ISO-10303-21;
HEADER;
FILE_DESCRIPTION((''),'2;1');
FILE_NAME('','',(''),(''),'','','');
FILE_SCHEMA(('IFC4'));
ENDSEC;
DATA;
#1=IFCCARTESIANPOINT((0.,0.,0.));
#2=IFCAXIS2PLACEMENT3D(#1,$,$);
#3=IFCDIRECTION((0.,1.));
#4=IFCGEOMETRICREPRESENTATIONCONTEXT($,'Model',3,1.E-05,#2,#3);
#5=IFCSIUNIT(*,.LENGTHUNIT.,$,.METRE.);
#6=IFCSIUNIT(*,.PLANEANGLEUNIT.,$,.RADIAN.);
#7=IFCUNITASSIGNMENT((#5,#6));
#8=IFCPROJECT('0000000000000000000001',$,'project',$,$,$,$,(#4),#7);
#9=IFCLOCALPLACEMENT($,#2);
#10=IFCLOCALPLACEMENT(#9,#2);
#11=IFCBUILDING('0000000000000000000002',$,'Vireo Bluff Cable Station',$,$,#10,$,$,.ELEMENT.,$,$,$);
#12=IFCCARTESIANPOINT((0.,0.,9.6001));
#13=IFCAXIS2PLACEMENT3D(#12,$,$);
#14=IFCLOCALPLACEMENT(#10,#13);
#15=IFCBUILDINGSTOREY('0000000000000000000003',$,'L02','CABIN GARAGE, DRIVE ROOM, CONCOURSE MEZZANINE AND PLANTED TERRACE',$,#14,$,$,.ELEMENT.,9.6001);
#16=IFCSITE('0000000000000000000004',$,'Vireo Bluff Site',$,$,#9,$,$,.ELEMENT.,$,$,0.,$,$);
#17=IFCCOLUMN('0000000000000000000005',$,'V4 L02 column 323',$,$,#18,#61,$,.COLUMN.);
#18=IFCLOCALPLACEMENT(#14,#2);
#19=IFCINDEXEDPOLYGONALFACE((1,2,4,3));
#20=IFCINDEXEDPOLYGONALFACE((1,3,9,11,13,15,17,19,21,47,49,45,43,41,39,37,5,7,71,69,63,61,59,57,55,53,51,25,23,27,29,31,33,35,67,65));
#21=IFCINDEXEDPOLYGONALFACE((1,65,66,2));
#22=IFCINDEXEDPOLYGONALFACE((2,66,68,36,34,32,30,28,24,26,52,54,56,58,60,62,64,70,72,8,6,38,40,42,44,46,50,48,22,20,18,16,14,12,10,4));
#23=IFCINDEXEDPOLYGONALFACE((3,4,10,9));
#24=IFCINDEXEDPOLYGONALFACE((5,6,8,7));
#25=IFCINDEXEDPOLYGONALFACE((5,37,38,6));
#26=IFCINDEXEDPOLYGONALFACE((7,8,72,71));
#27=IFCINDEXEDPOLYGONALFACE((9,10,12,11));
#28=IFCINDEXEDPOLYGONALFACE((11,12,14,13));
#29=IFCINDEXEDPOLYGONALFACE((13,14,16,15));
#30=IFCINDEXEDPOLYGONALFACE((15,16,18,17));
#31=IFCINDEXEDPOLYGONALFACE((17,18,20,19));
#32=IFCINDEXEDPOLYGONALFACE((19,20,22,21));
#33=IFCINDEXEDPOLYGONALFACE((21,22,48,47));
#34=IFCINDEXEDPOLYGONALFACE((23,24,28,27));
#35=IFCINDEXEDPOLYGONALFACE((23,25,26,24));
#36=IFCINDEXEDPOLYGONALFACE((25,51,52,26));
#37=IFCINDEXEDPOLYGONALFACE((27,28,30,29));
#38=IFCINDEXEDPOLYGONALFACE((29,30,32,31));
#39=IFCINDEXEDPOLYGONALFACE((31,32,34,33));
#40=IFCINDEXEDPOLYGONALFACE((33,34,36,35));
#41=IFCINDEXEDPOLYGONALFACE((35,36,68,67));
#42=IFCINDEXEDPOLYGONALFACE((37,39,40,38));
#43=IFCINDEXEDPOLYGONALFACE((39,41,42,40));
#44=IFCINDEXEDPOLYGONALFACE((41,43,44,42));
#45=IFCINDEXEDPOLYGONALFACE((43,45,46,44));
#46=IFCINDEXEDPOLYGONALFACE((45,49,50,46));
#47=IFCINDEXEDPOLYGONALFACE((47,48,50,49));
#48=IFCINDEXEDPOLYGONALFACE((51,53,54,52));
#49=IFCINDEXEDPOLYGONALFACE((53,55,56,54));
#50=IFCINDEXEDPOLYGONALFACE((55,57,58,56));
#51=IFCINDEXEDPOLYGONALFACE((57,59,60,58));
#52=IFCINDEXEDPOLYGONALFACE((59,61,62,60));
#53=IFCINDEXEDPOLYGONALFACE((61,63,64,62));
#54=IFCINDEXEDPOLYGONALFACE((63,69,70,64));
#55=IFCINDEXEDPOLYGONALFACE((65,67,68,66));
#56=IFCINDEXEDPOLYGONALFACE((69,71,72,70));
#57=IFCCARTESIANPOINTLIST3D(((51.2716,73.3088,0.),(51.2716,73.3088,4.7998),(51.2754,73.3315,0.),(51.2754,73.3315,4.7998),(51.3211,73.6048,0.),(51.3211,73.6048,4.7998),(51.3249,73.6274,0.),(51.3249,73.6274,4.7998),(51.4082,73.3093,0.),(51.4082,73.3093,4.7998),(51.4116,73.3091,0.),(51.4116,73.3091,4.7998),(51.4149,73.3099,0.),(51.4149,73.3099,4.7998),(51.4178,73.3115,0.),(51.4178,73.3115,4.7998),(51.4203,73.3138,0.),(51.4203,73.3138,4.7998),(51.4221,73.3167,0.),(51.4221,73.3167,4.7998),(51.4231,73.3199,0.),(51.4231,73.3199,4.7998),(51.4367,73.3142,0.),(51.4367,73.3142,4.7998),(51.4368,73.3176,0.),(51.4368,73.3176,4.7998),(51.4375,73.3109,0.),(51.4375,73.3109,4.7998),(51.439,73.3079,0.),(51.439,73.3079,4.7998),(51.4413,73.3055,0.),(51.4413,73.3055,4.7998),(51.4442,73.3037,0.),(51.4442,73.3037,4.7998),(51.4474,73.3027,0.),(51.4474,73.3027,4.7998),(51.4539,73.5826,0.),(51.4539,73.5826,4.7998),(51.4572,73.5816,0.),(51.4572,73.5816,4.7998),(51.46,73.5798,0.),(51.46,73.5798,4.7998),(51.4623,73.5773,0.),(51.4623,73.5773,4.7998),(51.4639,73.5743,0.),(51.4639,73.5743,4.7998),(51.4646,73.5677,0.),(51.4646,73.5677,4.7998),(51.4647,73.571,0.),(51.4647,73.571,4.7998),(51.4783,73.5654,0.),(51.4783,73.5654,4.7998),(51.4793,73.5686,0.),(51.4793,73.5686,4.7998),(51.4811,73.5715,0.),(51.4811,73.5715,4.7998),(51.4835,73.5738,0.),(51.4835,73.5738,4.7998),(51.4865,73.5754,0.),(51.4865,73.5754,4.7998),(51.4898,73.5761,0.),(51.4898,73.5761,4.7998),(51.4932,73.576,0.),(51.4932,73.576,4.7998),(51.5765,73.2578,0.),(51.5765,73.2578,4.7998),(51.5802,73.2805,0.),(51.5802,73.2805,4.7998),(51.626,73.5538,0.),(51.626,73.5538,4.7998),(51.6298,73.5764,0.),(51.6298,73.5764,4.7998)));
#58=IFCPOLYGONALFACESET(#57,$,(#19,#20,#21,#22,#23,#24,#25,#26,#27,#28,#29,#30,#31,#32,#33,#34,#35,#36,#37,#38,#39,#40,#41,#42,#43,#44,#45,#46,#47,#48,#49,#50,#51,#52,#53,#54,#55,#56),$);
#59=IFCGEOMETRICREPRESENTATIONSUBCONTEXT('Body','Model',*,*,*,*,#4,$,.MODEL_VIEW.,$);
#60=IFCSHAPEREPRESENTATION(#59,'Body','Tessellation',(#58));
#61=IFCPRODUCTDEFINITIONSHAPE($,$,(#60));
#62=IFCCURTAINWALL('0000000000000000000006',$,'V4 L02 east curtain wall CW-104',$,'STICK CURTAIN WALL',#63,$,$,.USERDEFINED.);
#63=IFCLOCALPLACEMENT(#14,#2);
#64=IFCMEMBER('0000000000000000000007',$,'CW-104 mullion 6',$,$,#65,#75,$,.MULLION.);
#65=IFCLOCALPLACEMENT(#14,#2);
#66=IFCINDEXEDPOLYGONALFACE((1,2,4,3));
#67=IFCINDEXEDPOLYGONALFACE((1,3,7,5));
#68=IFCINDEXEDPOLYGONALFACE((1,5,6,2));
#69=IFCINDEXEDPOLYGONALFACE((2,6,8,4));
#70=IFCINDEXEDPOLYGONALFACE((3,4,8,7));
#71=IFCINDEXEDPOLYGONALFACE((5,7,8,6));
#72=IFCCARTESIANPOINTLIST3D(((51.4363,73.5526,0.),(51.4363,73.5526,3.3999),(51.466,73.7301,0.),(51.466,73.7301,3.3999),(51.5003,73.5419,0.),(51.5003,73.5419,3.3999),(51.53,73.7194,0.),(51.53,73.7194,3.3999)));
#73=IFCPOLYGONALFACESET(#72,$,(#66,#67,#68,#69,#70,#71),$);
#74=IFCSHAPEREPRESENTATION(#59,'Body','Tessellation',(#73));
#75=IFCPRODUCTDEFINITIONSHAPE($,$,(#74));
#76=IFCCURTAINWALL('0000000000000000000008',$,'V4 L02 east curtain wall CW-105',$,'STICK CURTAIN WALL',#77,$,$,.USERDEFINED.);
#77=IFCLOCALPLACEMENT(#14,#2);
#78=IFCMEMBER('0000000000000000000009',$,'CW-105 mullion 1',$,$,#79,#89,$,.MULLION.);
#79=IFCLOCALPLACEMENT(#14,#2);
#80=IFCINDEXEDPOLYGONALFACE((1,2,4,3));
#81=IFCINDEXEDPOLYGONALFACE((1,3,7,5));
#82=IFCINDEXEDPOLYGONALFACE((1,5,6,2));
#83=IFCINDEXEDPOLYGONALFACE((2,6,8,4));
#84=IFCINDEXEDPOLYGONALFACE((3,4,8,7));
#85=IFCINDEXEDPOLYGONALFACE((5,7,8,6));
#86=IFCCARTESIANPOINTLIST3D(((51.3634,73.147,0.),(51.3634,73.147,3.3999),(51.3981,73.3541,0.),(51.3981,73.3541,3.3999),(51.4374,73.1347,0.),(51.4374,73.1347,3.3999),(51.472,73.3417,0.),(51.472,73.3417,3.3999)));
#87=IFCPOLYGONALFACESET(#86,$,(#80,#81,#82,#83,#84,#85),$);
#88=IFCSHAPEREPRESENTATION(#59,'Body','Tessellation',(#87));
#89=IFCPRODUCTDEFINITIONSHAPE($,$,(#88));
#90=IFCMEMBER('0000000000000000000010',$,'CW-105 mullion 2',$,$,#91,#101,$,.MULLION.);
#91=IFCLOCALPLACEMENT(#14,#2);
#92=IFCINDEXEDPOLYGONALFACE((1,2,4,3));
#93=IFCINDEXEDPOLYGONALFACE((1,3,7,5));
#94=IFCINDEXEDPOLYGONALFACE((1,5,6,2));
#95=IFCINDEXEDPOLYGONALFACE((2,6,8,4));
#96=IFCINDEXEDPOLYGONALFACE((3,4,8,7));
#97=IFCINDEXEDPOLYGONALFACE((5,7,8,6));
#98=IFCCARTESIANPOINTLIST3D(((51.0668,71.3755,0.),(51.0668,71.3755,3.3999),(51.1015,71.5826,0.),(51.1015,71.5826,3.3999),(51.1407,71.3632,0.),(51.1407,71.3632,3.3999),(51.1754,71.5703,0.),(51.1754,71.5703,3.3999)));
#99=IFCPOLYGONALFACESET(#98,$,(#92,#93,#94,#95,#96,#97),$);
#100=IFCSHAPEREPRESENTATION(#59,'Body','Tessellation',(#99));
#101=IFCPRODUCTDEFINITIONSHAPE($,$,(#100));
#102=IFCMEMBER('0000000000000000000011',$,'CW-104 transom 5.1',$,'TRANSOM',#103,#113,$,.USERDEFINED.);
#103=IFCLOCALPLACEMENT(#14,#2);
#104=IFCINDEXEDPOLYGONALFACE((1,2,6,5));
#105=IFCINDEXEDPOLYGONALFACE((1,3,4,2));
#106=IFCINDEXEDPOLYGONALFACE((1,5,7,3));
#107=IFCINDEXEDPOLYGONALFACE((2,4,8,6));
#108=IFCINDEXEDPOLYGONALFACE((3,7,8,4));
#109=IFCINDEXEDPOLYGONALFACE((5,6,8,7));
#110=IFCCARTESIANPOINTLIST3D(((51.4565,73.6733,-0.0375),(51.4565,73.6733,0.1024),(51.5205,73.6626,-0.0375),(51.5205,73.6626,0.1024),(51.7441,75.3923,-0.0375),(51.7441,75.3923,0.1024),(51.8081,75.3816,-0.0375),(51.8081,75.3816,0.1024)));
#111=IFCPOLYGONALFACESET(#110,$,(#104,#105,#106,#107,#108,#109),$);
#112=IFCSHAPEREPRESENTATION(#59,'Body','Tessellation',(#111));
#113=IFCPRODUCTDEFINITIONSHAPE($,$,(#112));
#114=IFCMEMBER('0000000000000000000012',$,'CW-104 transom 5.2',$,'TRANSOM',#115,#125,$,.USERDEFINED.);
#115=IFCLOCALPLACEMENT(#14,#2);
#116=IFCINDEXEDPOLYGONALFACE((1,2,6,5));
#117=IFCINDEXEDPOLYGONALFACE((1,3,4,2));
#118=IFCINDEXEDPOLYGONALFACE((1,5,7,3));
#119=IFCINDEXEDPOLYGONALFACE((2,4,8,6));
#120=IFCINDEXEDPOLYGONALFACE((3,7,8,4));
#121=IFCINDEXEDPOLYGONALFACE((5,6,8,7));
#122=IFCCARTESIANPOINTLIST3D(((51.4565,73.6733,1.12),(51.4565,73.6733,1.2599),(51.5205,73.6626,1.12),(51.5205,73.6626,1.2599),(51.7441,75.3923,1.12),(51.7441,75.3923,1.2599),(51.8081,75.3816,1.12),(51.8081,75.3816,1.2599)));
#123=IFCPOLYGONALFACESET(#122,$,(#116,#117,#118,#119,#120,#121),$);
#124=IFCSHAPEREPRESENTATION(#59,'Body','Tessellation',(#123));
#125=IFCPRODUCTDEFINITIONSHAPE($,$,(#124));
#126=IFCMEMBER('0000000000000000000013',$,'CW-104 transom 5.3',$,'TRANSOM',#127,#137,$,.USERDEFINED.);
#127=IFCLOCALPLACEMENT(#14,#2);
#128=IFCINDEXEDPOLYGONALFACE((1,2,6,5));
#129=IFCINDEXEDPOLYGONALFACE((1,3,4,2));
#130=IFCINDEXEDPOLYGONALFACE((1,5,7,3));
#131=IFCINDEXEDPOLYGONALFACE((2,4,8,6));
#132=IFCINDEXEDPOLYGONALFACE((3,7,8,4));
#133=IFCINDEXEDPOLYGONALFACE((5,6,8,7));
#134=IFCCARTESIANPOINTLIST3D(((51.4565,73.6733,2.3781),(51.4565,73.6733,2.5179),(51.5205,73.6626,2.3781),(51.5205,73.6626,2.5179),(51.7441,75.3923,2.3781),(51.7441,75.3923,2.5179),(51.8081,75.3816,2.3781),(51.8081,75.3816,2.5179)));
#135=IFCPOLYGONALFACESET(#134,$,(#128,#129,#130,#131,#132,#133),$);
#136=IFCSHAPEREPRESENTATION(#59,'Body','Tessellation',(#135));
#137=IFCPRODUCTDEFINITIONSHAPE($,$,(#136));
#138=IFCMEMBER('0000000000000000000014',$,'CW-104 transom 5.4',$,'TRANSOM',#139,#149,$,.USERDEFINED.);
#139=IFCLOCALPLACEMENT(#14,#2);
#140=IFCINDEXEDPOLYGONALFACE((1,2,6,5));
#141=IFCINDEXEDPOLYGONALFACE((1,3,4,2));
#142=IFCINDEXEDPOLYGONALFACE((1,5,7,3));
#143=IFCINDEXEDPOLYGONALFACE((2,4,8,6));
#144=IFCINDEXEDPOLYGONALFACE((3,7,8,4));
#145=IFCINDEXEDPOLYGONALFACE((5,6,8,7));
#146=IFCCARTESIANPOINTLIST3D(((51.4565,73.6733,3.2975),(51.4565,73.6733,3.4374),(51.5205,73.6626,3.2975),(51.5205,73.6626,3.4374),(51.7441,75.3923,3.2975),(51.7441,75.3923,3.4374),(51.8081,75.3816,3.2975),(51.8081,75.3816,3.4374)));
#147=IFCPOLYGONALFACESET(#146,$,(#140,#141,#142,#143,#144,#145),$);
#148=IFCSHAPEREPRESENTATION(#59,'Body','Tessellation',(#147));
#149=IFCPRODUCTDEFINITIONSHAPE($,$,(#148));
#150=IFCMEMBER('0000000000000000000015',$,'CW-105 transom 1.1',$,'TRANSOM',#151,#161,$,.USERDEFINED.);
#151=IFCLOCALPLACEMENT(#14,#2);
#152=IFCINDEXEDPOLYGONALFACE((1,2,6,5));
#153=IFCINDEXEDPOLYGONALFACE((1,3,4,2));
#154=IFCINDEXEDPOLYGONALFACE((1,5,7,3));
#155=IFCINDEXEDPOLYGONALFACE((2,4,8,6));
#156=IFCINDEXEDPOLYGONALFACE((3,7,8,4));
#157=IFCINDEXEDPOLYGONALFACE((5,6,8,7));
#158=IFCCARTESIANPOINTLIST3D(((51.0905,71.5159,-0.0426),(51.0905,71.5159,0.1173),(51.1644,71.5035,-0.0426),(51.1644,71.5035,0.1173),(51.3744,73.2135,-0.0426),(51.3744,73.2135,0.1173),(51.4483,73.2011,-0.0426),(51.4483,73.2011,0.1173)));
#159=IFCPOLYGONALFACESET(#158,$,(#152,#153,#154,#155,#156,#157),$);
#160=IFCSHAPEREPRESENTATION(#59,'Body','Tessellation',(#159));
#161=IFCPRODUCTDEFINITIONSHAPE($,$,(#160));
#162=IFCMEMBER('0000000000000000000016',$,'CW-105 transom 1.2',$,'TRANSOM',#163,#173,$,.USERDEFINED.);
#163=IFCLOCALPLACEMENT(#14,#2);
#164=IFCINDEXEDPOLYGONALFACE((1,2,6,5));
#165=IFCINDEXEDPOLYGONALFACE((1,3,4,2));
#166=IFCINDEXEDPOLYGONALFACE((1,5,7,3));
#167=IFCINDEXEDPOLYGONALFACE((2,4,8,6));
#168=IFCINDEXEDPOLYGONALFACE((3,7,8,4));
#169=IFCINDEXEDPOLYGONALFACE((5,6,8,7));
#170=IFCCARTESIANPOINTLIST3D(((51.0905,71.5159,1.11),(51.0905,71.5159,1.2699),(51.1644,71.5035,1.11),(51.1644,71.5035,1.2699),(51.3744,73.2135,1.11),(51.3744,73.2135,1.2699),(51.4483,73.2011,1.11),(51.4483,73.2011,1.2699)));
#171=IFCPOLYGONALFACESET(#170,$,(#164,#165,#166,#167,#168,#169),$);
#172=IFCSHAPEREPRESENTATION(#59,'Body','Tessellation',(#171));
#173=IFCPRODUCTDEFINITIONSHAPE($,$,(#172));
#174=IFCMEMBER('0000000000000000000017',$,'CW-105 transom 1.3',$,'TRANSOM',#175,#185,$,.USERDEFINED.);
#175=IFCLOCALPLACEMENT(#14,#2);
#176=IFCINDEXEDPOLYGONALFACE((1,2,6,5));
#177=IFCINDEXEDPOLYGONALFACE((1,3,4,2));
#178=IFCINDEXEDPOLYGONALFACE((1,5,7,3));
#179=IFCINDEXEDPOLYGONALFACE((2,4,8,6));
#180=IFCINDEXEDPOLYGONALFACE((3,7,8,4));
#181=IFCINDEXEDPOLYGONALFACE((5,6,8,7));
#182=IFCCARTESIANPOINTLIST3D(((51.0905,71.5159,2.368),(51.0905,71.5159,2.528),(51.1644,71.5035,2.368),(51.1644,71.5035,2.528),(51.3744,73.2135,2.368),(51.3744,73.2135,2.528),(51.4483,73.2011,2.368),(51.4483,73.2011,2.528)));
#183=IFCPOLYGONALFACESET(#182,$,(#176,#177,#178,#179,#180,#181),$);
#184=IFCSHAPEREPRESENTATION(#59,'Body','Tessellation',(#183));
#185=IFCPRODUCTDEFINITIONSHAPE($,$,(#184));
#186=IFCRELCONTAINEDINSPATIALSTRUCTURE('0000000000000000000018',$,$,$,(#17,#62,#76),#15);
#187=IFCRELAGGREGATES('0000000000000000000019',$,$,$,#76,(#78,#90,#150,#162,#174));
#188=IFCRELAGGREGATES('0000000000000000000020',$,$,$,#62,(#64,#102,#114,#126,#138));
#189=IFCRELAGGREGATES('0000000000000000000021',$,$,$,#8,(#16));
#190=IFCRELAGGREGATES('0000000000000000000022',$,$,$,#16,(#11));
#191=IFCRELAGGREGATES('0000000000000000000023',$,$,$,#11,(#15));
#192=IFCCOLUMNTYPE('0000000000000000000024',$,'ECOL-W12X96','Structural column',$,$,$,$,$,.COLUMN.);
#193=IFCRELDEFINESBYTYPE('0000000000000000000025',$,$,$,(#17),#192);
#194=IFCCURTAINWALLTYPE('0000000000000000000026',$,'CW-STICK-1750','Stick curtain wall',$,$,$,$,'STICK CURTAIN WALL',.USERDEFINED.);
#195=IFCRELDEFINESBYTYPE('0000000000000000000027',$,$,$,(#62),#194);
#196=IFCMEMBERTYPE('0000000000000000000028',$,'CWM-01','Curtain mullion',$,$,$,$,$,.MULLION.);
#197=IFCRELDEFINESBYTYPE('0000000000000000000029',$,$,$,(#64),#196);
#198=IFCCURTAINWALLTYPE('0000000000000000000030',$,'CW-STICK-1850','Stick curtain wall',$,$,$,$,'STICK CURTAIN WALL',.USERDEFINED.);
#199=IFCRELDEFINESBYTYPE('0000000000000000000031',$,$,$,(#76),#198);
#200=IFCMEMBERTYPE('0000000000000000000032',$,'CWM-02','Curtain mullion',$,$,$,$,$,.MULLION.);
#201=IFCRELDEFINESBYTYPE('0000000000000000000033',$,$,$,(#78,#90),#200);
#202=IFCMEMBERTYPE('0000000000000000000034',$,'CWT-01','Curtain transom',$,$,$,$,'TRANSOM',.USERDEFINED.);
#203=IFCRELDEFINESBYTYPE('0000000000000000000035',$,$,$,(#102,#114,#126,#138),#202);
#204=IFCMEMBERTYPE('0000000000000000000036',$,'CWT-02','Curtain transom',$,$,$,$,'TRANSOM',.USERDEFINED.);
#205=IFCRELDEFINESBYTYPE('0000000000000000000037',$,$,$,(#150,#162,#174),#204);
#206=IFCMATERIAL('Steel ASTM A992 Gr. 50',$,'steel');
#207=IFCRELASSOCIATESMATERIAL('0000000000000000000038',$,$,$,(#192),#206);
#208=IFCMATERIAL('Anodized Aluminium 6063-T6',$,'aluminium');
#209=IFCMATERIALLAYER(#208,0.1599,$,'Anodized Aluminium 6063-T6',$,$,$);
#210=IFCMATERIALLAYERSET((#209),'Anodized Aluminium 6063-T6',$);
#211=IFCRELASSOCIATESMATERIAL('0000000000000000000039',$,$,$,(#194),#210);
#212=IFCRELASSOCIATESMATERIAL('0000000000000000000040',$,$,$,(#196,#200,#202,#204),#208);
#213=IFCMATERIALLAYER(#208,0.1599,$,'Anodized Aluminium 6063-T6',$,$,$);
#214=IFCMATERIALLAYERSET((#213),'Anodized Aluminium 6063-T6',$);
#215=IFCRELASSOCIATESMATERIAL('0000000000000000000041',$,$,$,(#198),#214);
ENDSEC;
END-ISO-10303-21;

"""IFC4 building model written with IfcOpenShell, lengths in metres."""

from ifc_helpers import new_model, si_unit, direction, frame, origin, origin_2d, place, context, subcontext, project, spatial, rectangle, i_section, extrude, material, layer, layer_set, material_profile, profile_set, type_object, element, aggregate, save


model = new_model("IFC4")

# Units and contexts
model_context = context("Model", 3, precision=1e-05, world=origin(), true_north=direction((0.0, 1.0)))
body_context = subcontext(model_context, "Body", "Model", "MODEL_VIEW")
ifc_project = project(units=[si_unit("LENGTHUNIT", "METRE"), si_unit("PLANEANGLEUNIT", "RADIAN")], contexts=[model_context])

# Site, building, storey
site_placement = place(None, origin())
site = spatial("IfcSite", under=ifc_project, at=site_placement, Name="Vireo Bluff Site", CompositionType="ELEMENT", RefElevation=0.0)
building_placement = place(site_placement, origin())
building = spatial("IfcBuilding", under=site, at=building_placement, Name="Vireo Bluff Cable Station", CompositionType="ELEMENT")
storey_placement = place(building_placement, frame((0.0, 0.0, 9.6001)))
storey = spatial("IfcBuildingStorey", under=building, at=storey_placement, Name="L02", Description="CABIN GARAGE, DRIVE ROOM, CONCOURSE MEZZANINE AND PLANTED TERRACE", CompositionType="ELEMENT", Elevation=9.6001)

# Column
ifc_material_1 = material(Name="Steel ASTM A992 Gr. 50", Category="steel")
ifc_material_profile_1 = material_profile(ifc_material_1, i_section(OverallWidth=0.3091, OverallDepth=0.323, WebThickness=0.0139, FlangeThickness=0.0229, FilletRadius=0.0129, at=origin_2d()), Name="W12X96")
ifc_profile_set_1 = profile_set([ifc_material_profile_1], Name="Steel ASTM A992 Gr. 50")
column_type = type_object("IfcColumnType", Name="ECOL-W12X96", Description="Structural column", PredefinedType="COLUMN", material=ifc_profile_set_1)
column_placement = place(storey_placement, frame((51.4507, 73.4426, 0.0), z_axis=(0.0, 0.0, 1.0), x_axis=(0.986286, -0.165048, 0.0)))
element("IfcColumn", 1, at=column_placement, inside=storey, type_object=column_type, Name="V4 L02 column 323", PredefinedType="COLUMN", context=body_context, shape_type="SweptSolid", body=[
    extrude(i_section(OverallWidth=0.3091, OverallDepth=0.323, WebThickness=0.0139, FlangeThickness=0.0229, FilletRadius=0.0129, at=origin_2d()), origin(), (0.0, 0.0, 1.0), 4.7998),
])

# Curtain wall, member
ifc_material_2 = material(Name="Anodized Aluminium 6063-T6", Category="aluminium")
ifc_layer_1 = layer(ifc_material_2, 0.1599, Name="Anodized Aluminium 6063-T6")
ifc_layer_set_1 = layer_set([ifc_layer_1], Name="Anodized Aluminium 6063-T6")
curtain_wall_type_1 = type_object("IfcCurtainWallType", Name="CW-STICK-1750", Description="Stick curtain wall", ElementType="STICK CURTAIN WALL", PredefinedType="USERDEFINED", material=ifc_layer_set_1)
curtain_wall_1_placement = place(storey_placement, origin())
curtain_wall_1 = element("IfcCurtainWall", 2, at=curtain_wall_1_placement, inside=storey, type_object=curtain_wall_type_1, Name="V4 L02 east curtain wall CW-104", ObjectType="STICK CURTAIN WALL", PredefinedType="USERDEFINED")
ifc_material_profile_2 = material_profile(ifc_material_2, rectangle(XDim=0.0649, YDim=0.1799, at=origin_2d()), Name="ALU-M-65X180")
ifc_profile_set_2 = profile_set([ifc_material_profile_2], Name="Anodized Aluminium 6063-T6")
member_type_1 = type_object("IfcMemberType", Name="CWM-01", Description="Curtain mullion", PredefinedType="MULLION", material=ifc_profile_set_2)
member_1_placement = place(storey_placement, frame((51.4832, 73.636, 0.0), z_axis=(0.0, 0.0, 1.0), x_axis=(0.986286, -0.165048, 0.0)))
member_1 = element("IfcMember", 3, at=member_1_placement, type_object=member_type_1, Name="CW-104 mullion 6", PredefinedType="MULLION", context=body_context, shape_type="SweptSolid", body=[
    extrude(rectangle(XDim=0.0649, YDim=0.1799, at=origin_2d()), origin(), (0.0, 0.0, 1.0), 3.3999),
])

# Curtain wall, members
ifc_layer_2 = layer(ifc_material_2, 0.1599, Name="Anodized Aluminium 6063-T6")
ifc_layer_set_2 = layer_set([ifc_layer_2], Name="Anodized Aluminium 6063-T6")
curtain_wall_type_2 = type_object("IfcCurtainWallType", Name="CW-STICK-1850", Description="Stick curtain wall", ElementType="STICK CURTAIN WALL", PredefinedType="USERDEFINED", material=ifc_layer_set_2)
curtain_wall_2_placement = place(storey_placement, origin())
curtain_wall_2 = element("IfcCurtainWall", 4, at=curtain_wall_2_placement, inside=storey, type_object=curtain_wall_type_2, Name="V4 L02 east curtain wall CW-105", ObjectType="STICK CURTAIN WALL", PredefinedType="USERDEFINED")
ifc_material_profile_3 = material_profile(ifc_material_2, rectangle(XDim=0.075, YDim=0.21, at=origin_2d()), Name="ALU-M-75X210")
ifc_profile_set_3 = profile_set([ifc_material_profile_3], Name="Anodized Aluminium 6063-T6")
member_type_2 = type_object("IfcMemberType", Name="CWM-02", Description="Curtain mullion", PredefinedType="MULLION", material=ifc_profile_set_3)
member_2_placement = place(storey_placement, frame((51.4177, 73.2444, 0.0), z_axis=(0.0, 0.0, 1.0), x_axis=(0.986286, -0.165048, 0.0)))
member_2 = element("IfcMember", 5, at=member_2_placement, type_object=member_type_2, Name="CW-105 mullion 1", PredefinedType="MULLION", context=body_context, shape_type="SweptSolid", body=[
    extrude(rectangle(XDim=0.075, YDim=0.21, at=origin_2d()), origin(), (0.0, 0.0, 1.0), 3.3999),
])
member_3_placement = place(storey_placement, frame((51.1211, 71.4729, 0.0), z_axis=(0.0, 0.0, 1.0), x_axis=(0.986286, -0.165048, 0.0)))
member_3 = element("IfcMember", 6, at=member_3_placement, type_object=member_type_2, Name="CW-105 mullion 2", PredefinedType="MULLION", context=body_context, shape_type="SweptSolid", body=[
    extrude(rectangle(XDim=0.075, YDim=0.21, at=origin_2d()), origin(), (0.0, 0.0, 1.0), 3.3999),
])

# Members
ifc_material_profile_4 = material_profile(ifc_material_2, rectangle(XDim=0.0649, YDim=0.1399, at=origin_2d()), Name="ALU-T-65X140")
ifc_profile_set_4 = profile_set([ifc_material_profile_4], Name="Anodized Aluminium 6063-T6")
member_type_3 = type_object("IfcMemberType", Name="CWT-01", Description="Curtain transom", ElementType="TRANSOM", PredefinedType="USERDEFINED", material=ifc_profile_set_4)
member_4_placement = place(storey_placement, frame((51.7761, 75.387, 0.0325), z_axis=(-0.165012, -0.986292, 0.0), x_axis=(0.986292, -0.165012, 0.0)))
member_4 = element("IfcMember", 7, at=member_4_placement, type_object=member_type_3, Name="CW-104 transom 5.1", ObjectType="TRANSOM", PredefinedType="USERDEFINED", context=body_context, shape_type="SweptSolid", body=[
    extrude(rectangle(XDim=0.0649, YDim=0.1399, at=origin_2d()), origin(), (0.0, 0.0, 1.0), 1.7429),
])
member_5_placement = place(storey_placement, frame((51.7761, 75.387, 1.1899), z_axis=(-0.165012, -0.986292, 0.0), x_axis=(0.986292, -0.165012, 0.0)))
member_5 = element("IfcMember", 8, at=member_5_placement, type_object=member_type_3, Name="CW-104 transom 5.2", ObjectType="TRANSOM", PredefinedType="USERDEFINED", context=body_context, shape_type="SweptSolid", body=[
    extrude(rectangle(XDim=0.0649, YDim=0.1399, at=origin_2d()), origin(), (0.0, 0.0, 1.0), 1.7429),
])
member_6_placement = place(storey_placement, frame((51.7761, 75.387, 2.448), z_axis=(-0.165012, -0.986292, 0.0), x_axis=(0.986292, -0.165012, 0.0)))
member_6 = element("IfcMember", 9, at=member_6_placement, type_object=member_type_3, Name="CW-104 transom 5.3", ObjectType="TRANSOM", PredefinedType="USERDEFINED", context=body_context, shape_type="SweptSolid", body=[
    extrude(rectangle(XDim=0.0649, YDim=0.1399, at=origin_2d()), origin(), (0.0, 0.0, 1.0), 1.7429),
])
member_7_placement = place(storey_placement, frame((51.7761, 75.387, 3.3674), z_axis=(-0.165012, -0.986292, 0.0), x_axis=(0.986292, -0.165012, 0.0)))
member_7 = element("IfcMember", 10, at=member_7_placement, type_object=member_type_3, Name="CW-104 transom 5.4", ObjectType="TRANSOM", PredefinedType="USERDEFINED", context=body_context, shape_type="SweptSolid", body=[
    extrude(rectangle(XDim=0.0649, YDim=0.1399, at=origin_2d()), origin(), (0.0, 0.0, 1.0), 1.7429),
])
ifc_material_profile_5 = material_profile(ifc_material_2, rectangle(XDim=0.075, YDim=0.1599, at=origin_2d()), Name="ALU-T-75X160")
ifc_profile_set_5 = profile_set([ifc_material_profile_5], Name="Anodized Aluminium 6063-T6")
member_type_4 = type_object("IfcMemberType", Name="CWT-02", Description="Curtain transom", ElementType="TRANSOM", PredefinedType="USERDEFINED", material=ifc_profile_set_5)
member_8_placement = place(storey_placement, frame((51.4114, 73.2073, 0.0374), z_axis=(-0.164974, -0.986298, 0.0), x_axis=(0.986298, -0.164974, 0.0)))
member_8 = element("IfcMember", 11, at=member_8_placement, type_object=member_type_4, Name="CW-105 transom 1.1", ObjectType="TRANSOM", PredefinedType="USERDEFINED", context=body_context, shape_type="SweptSolid", body=[
    extrude(rectangle(XDim=0.075, YDim=0.1599, at=origin_2d()), origin(), (0.0, 0.0, 1.0), 1.7212),
])
member_9_placement = place(storey_placement, frame((51.4114, 73.2073, 1.1899), z_axis=(-0.164974, -0.986298, 0.0), x_axis=(0.986298, -0.164974, 0.0)))
member_9 = element("IfcMember", 12, at=member_9_placement, type_object=member_type_4, Name="CW-105 transom 1.2", ObjectType="TRANSOM", PredefinedType="USERDEFINED", context=body_context, shape_type="SweptSolid", body=[
    extrude(rectangle(XDim=0.075, YDim=0.1599, at=origin_2d()), origin(), (0.0, 0.0, 1.0), 1.7212),
])
member_10_placement = place(storey_placement, frame((51.4114, 73.2073, 2.448), z_axis=(-0.164974, -0.986298, 0.0), x_axis=(0.986298, -0.164974, 0.0)))
member_10 = element("IfcMember", 13, at=member_10_placement, type_object=member_type_4, Name="CW-105 transom 1.3", ObjectType="TRANSOM", PredefinedType="USERDEFINED", context=body_context, shape_type="SweptSolid", body=[
    extrude(rectangle(XDim=0.075, YDim=0.1599, at=origin_2d()), origin(), (0.0, 0.0, 1.0), 1.7212),
])

aggregate(curtain_wall_2, [member_2, member_3, member_8, member_9, member_10])
aggregate(curtain_wall_1, [member_1, member_4, member_5, member_6, member_7])

save(model, "model.ifc")
